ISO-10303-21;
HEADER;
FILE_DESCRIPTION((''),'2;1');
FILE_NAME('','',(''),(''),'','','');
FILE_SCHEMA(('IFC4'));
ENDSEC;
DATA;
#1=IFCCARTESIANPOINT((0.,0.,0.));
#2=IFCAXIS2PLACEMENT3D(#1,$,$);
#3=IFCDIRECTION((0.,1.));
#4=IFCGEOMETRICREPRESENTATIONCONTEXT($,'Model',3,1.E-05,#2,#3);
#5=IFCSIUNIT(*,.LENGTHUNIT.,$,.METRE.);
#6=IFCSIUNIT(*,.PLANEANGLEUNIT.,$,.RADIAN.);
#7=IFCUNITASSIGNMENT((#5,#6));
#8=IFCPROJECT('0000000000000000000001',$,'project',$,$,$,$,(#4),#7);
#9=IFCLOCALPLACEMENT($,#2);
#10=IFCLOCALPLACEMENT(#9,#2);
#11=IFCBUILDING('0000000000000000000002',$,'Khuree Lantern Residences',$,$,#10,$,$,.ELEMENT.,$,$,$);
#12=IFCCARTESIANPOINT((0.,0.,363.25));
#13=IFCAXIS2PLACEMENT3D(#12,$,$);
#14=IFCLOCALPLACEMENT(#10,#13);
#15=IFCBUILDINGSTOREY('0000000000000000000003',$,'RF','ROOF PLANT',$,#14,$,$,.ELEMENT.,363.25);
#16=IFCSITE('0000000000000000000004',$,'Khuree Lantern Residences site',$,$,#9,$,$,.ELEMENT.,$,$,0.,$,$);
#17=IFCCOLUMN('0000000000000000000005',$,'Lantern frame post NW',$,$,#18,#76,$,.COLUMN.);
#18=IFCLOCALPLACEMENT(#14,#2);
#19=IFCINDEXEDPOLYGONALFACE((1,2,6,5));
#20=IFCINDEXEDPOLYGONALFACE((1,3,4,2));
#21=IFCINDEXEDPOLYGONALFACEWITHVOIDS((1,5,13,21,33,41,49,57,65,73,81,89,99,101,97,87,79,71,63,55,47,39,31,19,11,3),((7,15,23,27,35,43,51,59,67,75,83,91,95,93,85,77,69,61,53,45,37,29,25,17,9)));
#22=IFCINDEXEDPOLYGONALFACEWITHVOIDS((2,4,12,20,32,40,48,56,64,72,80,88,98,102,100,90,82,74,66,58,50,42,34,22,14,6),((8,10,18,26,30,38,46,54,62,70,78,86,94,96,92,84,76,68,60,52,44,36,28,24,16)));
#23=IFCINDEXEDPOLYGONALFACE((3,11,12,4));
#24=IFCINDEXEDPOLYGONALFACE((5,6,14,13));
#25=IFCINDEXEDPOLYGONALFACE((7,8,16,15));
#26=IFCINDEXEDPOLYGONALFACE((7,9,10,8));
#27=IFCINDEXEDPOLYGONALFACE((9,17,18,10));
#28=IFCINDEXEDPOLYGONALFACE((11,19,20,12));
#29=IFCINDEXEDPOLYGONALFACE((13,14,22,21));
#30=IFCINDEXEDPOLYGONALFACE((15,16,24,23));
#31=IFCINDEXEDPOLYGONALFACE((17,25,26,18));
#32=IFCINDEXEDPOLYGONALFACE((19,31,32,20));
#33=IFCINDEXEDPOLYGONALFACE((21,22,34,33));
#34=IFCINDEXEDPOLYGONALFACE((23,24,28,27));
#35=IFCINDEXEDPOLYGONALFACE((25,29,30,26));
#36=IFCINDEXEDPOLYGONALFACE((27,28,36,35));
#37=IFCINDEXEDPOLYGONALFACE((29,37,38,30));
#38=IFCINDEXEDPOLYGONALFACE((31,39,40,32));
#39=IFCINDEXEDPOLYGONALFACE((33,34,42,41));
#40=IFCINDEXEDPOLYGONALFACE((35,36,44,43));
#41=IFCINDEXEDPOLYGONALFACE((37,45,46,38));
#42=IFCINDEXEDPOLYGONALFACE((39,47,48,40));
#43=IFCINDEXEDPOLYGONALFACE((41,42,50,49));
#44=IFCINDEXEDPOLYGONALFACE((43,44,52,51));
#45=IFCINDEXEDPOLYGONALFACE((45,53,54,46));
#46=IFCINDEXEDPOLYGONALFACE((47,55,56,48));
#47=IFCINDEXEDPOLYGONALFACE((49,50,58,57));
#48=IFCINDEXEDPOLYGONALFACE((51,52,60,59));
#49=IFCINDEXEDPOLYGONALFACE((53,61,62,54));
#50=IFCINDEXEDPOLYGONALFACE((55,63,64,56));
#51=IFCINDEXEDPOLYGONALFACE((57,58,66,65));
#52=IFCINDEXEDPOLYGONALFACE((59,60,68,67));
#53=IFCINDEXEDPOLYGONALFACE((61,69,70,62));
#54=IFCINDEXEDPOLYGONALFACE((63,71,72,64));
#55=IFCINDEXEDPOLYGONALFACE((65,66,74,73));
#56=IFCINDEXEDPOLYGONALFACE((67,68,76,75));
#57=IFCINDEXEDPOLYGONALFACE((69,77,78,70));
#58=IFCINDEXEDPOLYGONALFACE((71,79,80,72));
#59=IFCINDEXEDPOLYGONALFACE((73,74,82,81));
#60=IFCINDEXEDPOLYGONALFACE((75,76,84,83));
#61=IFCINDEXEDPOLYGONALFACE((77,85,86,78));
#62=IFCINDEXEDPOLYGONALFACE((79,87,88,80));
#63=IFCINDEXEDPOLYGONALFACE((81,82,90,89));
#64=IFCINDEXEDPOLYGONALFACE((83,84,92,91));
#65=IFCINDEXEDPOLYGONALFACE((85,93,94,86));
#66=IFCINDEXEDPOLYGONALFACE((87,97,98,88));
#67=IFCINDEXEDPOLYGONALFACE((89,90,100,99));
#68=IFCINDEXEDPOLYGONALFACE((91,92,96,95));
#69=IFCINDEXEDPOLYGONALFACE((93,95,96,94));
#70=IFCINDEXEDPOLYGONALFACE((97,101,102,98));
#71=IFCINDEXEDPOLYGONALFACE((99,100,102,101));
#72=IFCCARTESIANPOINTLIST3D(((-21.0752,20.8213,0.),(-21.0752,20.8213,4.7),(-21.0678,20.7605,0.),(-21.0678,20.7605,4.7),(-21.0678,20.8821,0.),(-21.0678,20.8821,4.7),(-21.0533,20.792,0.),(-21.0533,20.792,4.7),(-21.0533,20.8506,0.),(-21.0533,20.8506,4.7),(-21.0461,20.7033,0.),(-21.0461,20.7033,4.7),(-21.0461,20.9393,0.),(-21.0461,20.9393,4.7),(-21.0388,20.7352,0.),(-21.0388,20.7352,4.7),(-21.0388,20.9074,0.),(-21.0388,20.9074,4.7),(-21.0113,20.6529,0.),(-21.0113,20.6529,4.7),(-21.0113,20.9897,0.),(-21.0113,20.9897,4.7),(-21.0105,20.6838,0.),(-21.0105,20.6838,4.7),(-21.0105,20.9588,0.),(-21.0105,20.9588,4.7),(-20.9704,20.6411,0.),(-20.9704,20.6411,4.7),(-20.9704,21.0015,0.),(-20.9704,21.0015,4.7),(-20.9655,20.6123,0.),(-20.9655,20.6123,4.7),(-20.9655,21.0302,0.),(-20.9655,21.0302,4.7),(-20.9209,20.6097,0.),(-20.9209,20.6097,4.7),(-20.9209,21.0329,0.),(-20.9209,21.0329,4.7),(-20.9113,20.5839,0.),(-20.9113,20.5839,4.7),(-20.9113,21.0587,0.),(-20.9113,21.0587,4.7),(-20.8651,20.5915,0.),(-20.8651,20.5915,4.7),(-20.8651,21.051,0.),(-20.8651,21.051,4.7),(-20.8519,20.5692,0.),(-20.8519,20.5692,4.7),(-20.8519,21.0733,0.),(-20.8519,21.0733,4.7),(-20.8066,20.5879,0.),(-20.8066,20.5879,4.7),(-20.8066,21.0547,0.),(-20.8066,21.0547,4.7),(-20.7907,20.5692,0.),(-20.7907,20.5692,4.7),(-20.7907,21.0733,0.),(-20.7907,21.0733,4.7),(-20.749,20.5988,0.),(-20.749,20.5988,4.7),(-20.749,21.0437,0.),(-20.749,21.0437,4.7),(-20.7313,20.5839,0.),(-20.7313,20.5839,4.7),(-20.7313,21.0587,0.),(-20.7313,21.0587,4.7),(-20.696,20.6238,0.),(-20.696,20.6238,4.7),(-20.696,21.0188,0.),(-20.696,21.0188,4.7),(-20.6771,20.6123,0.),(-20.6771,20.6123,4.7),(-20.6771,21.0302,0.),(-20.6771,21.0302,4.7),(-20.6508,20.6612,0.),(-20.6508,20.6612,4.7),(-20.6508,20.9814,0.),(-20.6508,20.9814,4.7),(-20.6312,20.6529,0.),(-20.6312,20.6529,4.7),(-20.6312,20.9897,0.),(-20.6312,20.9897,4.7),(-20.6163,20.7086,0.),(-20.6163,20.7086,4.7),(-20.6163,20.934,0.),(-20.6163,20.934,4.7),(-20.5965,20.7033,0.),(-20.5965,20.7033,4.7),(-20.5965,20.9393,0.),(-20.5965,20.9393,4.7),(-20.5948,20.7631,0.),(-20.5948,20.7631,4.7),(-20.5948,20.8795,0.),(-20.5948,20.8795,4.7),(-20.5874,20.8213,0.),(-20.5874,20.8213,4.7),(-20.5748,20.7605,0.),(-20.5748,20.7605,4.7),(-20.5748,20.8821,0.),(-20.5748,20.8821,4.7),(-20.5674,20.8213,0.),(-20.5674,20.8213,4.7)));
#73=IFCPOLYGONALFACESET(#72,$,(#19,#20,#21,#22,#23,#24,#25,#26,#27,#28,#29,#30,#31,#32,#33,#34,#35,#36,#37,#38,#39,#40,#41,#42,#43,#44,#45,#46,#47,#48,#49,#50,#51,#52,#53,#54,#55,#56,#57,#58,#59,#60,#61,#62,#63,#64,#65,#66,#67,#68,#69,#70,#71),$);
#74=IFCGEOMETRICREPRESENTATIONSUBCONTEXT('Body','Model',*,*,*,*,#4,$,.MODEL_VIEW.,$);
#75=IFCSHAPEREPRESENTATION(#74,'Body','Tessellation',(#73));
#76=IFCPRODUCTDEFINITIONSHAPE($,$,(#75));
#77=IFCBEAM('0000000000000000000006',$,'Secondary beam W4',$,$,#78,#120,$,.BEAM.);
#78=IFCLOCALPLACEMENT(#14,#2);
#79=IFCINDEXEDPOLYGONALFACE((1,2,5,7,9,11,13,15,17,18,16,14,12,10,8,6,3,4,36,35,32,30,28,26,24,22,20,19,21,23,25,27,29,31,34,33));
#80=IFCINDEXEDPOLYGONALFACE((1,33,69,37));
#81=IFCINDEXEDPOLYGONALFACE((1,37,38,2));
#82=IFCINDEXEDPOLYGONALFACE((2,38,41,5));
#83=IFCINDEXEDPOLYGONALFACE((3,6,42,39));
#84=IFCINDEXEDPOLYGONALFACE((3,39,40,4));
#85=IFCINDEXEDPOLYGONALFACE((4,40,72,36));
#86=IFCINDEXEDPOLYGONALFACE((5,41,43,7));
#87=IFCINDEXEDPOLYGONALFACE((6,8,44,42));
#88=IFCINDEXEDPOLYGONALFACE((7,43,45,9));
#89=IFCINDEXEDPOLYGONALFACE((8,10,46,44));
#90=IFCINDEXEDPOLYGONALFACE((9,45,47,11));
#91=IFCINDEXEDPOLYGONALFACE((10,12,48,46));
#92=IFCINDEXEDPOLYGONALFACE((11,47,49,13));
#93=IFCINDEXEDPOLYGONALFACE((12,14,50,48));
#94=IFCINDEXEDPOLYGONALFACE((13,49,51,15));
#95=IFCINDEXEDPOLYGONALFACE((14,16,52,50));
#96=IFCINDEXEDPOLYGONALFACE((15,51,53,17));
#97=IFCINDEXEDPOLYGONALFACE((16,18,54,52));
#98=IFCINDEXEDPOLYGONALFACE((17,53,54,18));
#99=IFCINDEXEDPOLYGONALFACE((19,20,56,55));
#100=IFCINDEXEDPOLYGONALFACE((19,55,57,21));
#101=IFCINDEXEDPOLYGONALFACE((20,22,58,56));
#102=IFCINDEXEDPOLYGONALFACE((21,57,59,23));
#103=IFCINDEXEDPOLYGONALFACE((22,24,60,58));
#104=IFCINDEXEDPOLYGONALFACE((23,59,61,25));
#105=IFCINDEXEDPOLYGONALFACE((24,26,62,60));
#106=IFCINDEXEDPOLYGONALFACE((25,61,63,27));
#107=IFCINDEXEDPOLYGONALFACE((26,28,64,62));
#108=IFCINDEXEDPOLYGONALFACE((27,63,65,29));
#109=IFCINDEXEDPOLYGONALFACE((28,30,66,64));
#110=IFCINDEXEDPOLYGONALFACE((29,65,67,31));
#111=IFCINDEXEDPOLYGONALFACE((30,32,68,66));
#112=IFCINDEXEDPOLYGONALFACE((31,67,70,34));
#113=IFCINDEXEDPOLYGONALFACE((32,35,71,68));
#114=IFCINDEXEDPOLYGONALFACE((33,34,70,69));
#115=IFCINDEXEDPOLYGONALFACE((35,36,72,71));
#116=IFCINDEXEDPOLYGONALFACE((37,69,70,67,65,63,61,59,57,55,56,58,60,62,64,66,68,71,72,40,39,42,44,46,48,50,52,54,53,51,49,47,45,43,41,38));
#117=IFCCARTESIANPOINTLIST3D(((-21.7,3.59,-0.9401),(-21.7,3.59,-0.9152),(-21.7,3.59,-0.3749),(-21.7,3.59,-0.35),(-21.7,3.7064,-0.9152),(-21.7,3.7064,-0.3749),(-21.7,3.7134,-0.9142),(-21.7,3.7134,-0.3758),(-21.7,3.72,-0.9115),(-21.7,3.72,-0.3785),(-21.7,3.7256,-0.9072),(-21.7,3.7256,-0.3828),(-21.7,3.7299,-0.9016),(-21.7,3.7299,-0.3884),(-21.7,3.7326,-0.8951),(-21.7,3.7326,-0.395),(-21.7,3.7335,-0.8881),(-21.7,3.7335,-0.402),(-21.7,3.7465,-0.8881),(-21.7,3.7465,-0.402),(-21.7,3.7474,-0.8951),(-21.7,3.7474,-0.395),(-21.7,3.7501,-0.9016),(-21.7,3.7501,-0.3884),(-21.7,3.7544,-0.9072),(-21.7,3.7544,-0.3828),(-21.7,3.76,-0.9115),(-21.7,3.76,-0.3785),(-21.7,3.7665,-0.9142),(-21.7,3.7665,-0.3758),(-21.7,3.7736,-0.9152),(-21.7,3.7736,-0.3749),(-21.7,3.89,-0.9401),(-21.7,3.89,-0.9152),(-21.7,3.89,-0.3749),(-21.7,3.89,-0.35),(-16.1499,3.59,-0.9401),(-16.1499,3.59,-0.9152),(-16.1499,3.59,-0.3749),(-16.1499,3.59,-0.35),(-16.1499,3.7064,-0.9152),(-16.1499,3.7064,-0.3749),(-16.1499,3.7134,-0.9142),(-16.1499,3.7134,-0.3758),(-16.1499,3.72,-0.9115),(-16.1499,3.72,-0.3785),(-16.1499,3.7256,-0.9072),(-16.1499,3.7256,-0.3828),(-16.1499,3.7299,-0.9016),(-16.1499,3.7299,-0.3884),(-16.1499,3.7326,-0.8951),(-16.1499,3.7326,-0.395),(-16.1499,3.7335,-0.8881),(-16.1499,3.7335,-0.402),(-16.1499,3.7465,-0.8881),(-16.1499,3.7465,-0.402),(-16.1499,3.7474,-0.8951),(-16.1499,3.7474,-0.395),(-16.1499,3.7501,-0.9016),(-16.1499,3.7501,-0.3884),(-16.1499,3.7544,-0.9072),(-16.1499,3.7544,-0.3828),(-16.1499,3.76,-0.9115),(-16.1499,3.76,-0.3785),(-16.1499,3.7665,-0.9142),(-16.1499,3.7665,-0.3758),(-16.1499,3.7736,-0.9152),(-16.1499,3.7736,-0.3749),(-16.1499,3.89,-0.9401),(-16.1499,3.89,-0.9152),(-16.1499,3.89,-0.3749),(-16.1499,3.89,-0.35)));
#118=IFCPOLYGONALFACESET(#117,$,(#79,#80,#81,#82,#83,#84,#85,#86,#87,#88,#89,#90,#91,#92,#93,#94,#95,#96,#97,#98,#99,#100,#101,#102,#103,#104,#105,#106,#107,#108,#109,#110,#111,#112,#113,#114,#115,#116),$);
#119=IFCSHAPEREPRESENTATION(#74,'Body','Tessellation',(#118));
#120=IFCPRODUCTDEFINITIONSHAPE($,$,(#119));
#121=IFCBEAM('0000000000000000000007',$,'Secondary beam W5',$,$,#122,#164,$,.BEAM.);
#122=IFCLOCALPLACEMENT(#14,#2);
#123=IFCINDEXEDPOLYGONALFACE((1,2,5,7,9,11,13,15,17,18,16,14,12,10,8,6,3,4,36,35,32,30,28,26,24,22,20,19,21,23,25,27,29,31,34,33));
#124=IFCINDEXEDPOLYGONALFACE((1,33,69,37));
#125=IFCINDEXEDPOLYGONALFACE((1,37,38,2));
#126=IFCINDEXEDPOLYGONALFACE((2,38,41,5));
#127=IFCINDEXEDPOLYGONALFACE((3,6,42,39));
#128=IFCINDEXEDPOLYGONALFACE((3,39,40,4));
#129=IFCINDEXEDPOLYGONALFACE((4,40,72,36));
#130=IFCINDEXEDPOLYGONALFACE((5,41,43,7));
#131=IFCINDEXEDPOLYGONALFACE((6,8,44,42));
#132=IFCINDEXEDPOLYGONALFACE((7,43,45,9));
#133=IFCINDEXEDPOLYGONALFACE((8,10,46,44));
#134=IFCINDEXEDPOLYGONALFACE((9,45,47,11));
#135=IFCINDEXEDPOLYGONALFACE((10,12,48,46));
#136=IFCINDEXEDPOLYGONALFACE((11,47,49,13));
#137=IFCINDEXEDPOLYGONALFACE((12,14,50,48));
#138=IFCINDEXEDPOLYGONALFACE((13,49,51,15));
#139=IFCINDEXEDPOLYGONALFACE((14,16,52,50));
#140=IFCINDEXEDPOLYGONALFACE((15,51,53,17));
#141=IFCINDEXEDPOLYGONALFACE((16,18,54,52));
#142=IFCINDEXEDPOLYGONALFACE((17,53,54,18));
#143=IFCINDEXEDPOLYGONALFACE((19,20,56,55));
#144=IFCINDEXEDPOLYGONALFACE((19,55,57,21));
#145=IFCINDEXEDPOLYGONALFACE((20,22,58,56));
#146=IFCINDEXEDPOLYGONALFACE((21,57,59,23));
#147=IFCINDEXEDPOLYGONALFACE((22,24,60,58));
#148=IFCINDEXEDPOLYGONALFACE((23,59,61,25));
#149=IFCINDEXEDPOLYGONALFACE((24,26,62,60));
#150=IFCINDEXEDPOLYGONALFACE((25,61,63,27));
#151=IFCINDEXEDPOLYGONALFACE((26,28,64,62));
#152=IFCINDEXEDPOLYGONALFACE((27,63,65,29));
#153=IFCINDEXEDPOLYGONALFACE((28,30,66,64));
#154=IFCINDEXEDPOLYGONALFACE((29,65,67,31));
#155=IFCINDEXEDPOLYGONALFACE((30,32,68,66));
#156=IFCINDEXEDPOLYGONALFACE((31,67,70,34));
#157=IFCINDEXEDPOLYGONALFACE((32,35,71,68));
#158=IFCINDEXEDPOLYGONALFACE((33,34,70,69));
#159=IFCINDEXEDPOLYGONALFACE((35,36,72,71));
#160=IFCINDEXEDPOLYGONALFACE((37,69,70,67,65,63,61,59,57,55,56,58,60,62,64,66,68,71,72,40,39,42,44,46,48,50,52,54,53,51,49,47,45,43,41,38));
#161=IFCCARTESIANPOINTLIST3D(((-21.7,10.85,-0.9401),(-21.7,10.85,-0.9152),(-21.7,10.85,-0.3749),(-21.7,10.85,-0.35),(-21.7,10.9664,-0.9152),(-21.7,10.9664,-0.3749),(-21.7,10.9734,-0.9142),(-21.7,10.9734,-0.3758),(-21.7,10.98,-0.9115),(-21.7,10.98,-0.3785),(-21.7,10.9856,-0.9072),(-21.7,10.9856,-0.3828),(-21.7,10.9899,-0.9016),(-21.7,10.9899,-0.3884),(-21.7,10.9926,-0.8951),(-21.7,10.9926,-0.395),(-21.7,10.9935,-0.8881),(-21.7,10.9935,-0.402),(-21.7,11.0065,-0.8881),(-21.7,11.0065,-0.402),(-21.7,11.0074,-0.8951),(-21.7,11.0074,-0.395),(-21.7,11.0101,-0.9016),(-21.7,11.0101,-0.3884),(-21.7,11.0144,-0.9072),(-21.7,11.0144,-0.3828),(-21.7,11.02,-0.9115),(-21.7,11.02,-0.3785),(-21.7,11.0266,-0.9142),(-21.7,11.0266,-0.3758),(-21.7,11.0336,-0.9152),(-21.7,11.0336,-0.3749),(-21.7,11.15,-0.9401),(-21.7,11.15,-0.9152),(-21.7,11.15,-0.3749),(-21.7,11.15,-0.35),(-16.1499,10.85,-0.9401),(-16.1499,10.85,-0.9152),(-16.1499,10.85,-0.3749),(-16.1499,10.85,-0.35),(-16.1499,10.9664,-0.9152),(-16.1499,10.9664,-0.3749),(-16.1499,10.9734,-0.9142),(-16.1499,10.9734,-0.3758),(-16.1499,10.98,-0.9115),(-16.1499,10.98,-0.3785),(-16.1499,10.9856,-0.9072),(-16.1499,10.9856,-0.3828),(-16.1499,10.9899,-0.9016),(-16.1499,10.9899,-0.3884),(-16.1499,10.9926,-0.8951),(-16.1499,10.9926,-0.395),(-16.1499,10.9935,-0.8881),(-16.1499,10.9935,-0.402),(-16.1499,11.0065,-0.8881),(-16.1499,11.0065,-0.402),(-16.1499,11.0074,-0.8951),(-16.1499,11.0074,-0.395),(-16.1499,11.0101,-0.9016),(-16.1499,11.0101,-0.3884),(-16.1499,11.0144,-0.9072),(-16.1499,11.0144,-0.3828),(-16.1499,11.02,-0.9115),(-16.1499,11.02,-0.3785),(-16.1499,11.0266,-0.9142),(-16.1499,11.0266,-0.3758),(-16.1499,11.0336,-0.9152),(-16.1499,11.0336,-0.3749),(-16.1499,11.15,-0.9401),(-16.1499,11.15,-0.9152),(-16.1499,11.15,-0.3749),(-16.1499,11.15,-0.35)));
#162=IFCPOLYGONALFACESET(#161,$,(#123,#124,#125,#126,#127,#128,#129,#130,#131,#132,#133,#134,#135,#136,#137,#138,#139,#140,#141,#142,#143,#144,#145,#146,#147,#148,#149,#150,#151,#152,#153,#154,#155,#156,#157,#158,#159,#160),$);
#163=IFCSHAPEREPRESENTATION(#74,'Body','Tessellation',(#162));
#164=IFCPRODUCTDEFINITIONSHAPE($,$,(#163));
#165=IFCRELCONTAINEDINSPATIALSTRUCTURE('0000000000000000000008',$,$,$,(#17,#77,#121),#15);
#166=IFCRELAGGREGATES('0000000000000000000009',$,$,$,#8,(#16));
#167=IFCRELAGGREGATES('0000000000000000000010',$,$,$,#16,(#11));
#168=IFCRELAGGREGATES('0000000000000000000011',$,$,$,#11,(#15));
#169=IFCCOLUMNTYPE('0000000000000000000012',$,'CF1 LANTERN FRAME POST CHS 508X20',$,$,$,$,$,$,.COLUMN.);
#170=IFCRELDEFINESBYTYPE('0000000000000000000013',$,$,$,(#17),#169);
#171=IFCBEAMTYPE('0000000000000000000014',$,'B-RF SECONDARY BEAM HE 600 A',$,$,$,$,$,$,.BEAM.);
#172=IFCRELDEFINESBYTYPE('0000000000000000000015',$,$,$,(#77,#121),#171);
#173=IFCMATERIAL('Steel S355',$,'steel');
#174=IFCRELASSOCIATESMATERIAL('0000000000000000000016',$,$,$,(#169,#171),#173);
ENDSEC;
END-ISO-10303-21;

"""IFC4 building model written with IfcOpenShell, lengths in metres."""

from ifc_helpers import new_model, si_unit, direction, frame, origin, origin_2d, place, context, subcontext, project, spatial, hollow_circle, i_section, extrude, material, material_profile, profile_set, type_object, element, save


model = new_model("IFC4")

# Units and contexts
model_context = context("Model", 3, precision=1e-05, world=origin(), true_north=direction((0.0, 1.0)))
body_context = subcontext(model_context, "Body", "Model", "MODEL_VIEW")
ifc_project = project(units=[si_unit("LENGTHUNIT", "METRE"), si_unit("PLANEANGLEUNIT", "RADIAN")], contexts=[model_context])

# Site, building, storey
site_placement = place(None, origin())
site = spatial("IfcSite", under=ifc_project, at=site_placement, Name="Khuree Lantern Residences site", CompositionType="ELEMENT", RefElevation=0.0)
building_placement = place(site_placement, origin())
building = spatial("IfcBuilding", under=site, at=building_placement, Name="Khuree Lantern Residences", CompositionType="ELEMENT")
storey_placement = place(building_placement, frame((0.0, 0.0, 363.25)))
storey = spatial("IfcBuildingStorey", under=building, at=storey_placement, Name="RF", Description="ROOF PLANT", CompositionType="ELEMENT", Elevation=363.25)

# Column
ifc_material_1 = material(Name="Steel S355", Category="steel")
ifc_material_profile_1 = material_profile(ifc_material_1, hollow_circle(Radius=0.2539, WallThickness=0.02, at=origin_2d()), Name="CHS 508X20")
ifc_profile_set_1 = profile_set([ifc_material_profile_1], Name="Steel S355")
column_type = type_object("IfcColumnType", Name="CF1 LANTERN FRAME POST CHS 508X20", PredefinedType="COLUMN", material=ifc_profile_set_1)
for number, where, z_axis, x_axis, name in (
    (1, (-20.8213, 20.8213, 0.0), (0.0, 0.0, 1.0), (1.0, 0.0, 0.0), "Lantern frame post NW"),
):
    element("IfcColumn", number, at=place(storey_placement, frame(where, z_axis=z_axis, x_axis=x_axis)), inside=storey, type_object=column_type, Name=name, PredefinedType="COLUMN", context=body_context, shape_type="SweptSolid", body=[
        extrude(hollow_circle(Radius=0.2539, WallThickness=0.02, at=origin_2d()), origin(), (0.0, 0.0, 1.0), 4.7),
    ])

# Beams
ifc_material_profile_2 = material_profile(ifc_material_1, i_section(OverallWidth=0.3, OverallDepth=0.5901, WebThickness=0.0129, FlangeThickness=0.0249, FilletRadius=0.0271, at=origin_2d()), Name="HE 600 A")
ifc_profile_set_2 = profile_set([ifc_material_profile_2], Name="Steel S355")
beam_type_1 = type_object("IfcBeamType", Name="B-RF SECONDARY BEAM HE 600 A", PredefinedType="BEAM", material=ifc_profile_set_2)
for number, where, z_axis, x_axis, name in (
    (2, (-21.7, 3.74, -0.645), (1.0, 0.0, 0.0), (0.0, 1.0, 0.0), "Secondary beam W4"),
    (3, (-21.7, 11.0, -0.645), (1.0, 0.0, 0.0), (0.0, 1.0, 0.0), "Secondary beam W5"),
):
    element("IfcBeam", number, at=place(storey_placement, frame(where, z_axis=z_axis, x_axis=x_axis)), inside=storey, type_object=beam_type_1, Name=name, PredefinedType="BEAM", context=body_context, shape_type="SweptSolid", body=[
        extrude(i_section(OverallWidth=0.3, OverallDepth=0.5901, WebThickness=0.0129, FlangeThickness=0.0249, FilletRadius=0.0271, at=origin_2d()), origin(), (0.0, 0.0, 1.0), 5.55),
    ])

save(model, "model.ifc")
